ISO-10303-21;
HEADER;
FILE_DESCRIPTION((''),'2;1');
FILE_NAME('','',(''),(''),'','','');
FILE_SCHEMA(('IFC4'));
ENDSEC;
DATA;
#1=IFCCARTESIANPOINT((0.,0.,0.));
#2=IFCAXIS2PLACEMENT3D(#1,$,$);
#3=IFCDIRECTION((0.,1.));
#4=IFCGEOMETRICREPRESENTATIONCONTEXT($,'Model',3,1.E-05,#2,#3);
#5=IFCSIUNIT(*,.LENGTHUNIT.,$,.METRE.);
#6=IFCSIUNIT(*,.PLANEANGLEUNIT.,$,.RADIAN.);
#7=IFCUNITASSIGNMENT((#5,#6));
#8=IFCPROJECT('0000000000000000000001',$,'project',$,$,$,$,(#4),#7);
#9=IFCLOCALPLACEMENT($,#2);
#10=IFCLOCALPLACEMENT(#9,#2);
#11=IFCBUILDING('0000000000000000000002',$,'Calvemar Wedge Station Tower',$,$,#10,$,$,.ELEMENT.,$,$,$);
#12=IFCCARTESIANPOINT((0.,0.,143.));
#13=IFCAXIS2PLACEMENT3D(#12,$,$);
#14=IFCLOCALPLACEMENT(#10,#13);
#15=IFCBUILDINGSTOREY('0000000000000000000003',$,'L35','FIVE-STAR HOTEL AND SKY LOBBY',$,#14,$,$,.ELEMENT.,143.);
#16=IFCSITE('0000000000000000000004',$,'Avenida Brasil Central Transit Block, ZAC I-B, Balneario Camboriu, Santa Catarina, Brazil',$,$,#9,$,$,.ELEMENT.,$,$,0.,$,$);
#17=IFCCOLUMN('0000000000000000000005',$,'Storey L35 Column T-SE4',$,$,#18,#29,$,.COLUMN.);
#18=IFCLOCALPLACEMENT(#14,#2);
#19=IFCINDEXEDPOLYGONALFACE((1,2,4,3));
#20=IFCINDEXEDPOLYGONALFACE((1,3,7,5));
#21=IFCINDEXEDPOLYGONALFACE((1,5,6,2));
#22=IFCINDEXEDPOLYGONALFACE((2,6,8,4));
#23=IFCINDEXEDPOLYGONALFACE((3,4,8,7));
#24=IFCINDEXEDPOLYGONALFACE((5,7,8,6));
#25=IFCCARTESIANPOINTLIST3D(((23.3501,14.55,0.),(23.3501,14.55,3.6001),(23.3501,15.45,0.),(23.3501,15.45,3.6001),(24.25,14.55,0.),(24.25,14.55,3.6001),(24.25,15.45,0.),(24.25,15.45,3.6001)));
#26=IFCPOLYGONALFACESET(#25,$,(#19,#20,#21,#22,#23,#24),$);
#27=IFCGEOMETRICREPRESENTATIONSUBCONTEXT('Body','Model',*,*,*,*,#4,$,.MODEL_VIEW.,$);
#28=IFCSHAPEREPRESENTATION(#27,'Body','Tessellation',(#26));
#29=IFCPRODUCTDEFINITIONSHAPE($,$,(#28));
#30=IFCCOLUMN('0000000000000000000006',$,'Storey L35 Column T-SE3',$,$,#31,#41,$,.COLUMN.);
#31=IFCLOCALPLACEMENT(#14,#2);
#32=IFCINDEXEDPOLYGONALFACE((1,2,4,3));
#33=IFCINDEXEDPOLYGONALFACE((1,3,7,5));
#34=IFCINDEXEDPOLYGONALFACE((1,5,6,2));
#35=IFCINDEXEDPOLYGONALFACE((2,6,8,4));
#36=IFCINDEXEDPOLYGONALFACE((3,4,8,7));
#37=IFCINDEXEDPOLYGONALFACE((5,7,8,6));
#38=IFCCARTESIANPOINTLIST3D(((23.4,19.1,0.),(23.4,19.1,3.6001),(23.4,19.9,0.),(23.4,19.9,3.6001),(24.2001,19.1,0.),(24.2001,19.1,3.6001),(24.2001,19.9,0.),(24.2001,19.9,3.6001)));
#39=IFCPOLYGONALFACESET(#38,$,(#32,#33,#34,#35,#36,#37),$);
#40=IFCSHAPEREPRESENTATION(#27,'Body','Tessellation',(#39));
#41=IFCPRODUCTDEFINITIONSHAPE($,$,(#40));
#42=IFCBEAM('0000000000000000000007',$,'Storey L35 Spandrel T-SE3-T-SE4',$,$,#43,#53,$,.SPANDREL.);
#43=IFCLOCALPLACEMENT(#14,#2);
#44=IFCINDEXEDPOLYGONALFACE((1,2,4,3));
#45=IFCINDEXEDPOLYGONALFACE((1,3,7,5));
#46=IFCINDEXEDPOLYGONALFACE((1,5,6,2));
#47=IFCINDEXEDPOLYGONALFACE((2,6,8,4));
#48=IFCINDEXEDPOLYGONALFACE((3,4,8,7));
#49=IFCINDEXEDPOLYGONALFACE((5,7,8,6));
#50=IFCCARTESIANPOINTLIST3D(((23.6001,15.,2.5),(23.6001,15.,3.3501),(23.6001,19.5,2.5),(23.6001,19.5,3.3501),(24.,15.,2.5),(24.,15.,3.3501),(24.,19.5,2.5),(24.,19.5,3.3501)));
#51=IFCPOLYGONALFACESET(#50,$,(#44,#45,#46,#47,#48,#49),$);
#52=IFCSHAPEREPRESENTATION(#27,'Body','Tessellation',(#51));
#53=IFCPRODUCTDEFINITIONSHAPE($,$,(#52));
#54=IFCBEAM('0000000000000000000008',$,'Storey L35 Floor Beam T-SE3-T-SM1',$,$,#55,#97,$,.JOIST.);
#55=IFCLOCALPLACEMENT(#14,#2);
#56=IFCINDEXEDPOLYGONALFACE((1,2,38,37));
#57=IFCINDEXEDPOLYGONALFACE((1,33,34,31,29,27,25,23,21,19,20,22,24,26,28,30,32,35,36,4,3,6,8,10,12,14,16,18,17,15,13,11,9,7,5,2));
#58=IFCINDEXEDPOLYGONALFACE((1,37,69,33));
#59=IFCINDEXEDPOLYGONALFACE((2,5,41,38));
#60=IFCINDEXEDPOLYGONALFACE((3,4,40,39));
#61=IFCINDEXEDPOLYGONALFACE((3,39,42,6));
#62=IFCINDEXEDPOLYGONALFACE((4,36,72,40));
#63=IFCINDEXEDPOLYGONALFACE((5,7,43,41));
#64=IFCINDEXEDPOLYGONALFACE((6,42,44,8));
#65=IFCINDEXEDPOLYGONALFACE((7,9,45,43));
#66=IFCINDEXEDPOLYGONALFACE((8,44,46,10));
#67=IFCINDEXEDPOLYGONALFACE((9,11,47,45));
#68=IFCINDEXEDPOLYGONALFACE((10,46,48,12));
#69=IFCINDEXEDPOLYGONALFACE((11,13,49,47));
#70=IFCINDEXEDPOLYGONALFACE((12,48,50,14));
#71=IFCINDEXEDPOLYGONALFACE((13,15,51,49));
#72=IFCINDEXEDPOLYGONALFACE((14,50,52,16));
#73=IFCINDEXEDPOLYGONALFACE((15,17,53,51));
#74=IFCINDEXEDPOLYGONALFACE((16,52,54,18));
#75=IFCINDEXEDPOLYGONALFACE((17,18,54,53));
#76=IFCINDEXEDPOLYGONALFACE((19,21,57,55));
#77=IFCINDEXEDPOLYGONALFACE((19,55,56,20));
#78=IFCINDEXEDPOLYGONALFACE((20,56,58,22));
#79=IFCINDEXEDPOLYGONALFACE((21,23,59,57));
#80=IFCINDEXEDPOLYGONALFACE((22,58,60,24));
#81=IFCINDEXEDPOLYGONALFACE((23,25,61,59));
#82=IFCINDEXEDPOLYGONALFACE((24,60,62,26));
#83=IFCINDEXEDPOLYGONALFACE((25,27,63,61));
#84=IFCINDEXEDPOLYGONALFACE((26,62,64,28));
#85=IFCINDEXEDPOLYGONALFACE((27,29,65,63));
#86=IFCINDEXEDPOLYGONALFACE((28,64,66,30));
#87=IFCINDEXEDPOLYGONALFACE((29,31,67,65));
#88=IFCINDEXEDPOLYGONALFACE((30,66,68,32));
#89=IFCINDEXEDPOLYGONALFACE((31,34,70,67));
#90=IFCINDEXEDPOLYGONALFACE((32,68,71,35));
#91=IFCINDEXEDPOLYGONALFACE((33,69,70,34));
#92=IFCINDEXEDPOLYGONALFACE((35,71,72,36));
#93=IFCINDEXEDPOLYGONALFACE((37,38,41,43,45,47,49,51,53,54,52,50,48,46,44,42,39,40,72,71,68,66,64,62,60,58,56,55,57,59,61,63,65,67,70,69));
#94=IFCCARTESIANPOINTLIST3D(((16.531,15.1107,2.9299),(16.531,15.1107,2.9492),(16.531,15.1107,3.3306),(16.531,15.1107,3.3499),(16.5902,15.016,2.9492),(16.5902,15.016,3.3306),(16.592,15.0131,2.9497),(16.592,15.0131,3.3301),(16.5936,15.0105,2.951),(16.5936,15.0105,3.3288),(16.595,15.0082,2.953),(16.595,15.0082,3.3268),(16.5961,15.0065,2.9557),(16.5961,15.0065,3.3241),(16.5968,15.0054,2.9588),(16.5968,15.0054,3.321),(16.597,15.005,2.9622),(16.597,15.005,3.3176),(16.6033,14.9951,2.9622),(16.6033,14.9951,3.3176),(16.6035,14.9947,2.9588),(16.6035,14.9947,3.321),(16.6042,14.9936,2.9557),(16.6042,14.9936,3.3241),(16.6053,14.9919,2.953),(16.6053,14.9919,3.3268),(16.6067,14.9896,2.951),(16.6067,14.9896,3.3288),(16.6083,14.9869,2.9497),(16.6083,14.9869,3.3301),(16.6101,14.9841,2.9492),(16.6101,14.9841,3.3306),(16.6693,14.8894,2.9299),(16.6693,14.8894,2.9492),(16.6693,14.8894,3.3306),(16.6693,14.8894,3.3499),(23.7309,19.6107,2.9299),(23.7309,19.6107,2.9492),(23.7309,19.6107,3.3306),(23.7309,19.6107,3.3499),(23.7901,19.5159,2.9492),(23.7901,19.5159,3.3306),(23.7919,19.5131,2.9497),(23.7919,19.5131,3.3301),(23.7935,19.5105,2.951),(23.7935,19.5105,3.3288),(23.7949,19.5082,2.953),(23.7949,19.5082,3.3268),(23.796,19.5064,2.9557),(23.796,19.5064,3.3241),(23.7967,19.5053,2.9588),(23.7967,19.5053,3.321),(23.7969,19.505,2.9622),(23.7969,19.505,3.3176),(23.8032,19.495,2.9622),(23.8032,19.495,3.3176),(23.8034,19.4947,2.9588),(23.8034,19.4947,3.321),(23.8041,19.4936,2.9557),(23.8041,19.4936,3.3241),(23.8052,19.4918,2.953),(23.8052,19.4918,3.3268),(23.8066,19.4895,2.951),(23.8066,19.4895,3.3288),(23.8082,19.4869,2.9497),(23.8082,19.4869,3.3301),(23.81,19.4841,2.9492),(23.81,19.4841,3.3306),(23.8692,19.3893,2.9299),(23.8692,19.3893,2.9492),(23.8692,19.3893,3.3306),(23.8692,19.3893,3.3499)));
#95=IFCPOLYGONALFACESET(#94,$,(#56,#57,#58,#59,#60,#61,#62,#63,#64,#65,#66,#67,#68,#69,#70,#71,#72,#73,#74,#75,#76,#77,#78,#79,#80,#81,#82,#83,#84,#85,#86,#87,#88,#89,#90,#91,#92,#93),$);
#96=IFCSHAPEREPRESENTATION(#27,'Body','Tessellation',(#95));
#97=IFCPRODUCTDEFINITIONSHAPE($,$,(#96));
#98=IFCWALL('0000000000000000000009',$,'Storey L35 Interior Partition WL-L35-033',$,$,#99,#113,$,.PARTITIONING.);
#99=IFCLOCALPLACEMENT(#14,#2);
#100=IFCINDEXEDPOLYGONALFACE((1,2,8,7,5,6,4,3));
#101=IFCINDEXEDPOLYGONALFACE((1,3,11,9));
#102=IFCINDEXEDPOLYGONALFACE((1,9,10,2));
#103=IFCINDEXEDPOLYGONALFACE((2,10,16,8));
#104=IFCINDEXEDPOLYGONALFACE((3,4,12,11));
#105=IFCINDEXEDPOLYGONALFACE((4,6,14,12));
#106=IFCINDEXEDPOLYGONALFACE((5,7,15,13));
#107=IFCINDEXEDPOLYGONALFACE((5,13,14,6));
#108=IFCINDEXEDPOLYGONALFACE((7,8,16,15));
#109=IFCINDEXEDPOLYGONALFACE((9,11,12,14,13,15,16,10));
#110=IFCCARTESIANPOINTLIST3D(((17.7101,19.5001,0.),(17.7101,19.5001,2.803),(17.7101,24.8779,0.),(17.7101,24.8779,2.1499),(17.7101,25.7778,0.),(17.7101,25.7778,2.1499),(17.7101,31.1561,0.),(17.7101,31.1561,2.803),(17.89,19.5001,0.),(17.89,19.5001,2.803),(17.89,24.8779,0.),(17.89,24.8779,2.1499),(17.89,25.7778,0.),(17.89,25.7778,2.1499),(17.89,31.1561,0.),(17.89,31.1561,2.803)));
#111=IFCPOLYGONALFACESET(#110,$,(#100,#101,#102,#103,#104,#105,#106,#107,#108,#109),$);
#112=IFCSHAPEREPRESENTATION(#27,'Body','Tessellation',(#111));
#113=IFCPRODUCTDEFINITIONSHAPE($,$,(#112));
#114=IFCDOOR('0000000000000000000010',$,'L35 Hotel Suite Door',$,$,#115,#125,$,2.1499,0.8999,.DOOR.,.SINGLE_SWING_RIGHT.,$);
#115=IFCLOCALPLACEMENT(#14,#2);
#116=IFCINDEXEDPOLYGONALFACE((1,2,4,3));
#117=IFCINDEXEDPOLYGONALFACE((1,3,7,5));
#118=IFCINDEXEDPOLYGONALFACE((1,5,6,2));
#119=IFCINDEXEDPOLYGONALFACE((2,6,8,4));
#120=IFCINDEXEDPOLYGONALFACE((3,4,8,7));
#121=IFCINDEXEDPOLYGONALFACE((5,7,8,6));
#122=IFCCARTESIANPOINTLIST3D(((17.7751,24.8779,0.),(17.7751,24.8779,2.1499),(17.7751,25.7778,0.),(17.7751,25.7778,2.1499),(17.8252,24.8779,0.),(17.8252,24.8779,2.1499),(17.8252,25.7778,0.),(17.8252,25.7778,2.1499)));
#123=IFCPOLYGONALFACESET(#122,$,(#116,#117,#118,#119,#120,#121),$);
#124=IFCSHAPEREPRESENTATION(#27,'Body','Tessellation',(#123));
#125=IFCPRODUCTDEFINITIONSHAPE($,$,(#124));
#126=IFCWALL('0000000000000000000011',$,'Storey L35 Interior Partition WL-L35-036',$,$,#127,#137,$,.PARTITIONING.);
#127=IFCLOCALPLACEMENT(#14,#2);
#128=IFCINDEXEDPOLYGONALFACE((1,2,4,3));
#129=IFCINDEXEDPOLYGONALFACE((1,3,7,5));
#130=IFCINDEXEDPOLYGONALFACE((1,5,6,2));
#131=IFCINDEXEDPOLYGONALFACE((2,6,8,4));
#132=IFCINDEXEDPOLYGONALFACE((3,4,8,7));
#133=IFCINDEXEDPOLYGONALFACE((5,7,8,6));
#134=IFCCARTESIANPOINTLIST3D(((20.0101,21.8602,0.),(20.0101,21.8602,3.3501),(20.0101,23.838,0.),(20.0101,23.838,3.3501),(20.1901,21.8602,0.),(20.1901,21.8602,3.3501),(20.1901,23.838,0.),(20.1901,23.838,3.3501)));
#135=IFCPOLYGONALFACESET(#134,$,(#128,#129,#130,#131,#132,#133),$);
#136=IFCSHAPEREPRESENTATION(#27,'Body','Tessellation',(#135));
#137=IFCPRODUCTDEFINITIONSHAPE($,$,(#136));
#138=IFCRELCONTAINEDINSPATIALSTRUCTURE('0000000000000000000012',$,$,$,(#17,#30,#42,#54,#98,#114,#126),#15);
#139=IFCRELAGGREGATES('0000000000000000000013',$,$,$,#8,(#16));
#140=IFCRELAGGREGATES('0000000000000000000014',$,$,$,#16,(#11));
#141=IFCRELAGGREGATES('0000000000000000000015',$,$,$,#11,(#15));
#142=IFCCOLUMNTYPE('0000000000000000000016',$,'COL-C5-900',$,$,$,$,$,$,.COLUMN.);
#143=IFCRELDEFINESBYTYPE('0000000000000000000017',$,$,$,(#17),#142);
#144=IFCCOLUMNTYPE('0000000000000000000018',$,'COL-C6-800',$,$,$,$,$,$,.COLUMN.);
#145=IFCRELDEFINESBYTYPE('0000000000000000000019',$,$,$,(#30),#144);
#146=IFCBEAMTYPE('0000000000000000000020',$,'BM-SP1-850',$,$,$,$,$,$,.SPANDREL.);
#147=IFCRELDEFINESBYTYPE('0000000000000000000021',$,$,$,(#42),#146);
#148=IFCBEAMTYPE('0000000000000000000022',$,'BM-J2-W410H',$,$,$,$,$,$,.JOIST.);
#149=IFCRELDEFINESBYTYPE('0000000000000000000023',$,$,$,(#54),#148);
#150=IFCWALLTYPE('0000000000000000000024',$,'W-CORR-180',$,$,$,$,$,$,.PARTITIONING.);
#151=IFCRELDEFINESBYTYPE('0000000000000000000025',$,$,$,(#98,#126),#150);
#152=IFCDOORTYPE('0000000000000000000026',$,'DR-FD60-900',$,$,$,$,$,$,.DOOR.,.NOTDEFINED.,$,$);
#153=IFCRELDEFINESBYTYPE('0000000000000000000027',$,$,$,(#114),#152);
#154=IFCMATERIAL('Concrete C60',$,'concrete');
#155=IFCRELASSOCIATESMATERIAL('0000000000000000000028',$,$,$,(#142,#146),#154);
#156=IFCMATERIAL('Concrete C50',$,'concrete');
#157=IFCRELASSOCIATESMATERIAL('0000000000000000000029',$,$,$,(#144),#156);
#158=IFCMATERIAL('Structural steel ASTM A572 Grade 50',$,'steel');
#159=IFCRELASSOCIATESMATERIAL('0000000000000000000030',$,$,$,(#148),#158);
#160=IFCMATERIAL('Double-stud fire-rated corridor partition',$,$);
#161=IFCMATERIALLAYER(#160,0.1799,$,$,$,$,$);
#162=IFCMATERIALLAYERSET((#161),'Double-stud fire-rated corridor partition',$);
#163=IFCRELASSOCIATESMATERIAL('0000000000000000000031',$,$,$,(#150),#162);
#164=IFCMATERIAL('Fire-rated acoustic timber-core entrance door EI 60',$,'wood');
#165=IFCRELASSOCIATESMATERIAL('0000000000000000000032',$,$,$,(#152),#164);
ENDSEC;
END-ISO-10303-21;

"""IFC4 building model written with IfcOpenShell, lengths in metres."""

from ifc_helpers import new_model, si_unit, direction, frame, frame_2d, origin, origin_2d, place, context, subcontext, project, spatial, rectangle, i_section, extrude, source, transform, mapped, material, layer, layer_set, material_profile, profile_set, type_object, element, fill, save


model = new_model("IFC4")

# Units and contexts
model_context = context("Model", 3, precision=1e-05, world=origin(), true_north=direction((0.0, 1.0)))
body_context = subcontext(model_context, "Body", "Model", "MODEL_VIEW")
ifc_project = project(units=[si_unit("LENGTHUNIT", "METRE"), si_unit("PLANEANGLEUNIT", "RADIAN")], contexts=[model_context])

# Site, building, storey
site_placement = place(None, origin())
site = spatial("IfcSite", under=ifc_project, at=site_placement, Name="Avenida Brasil Central Transit Block, ZAC I-B, Balneario Camboriu, Santa Catarina, Brazil", CompositionType="ELEMENT", RefElevation=0.0)
building_placement = place(site_placement, origin())
building = spatial("IfcBuilding", under=site, at=building_placement, Name="Calvemar Wedge Station Tower", CompositionType="ELEMENT")
storey_placement = place(building_placement, frame((0.0, 0.0, 143.0)))
storey = spatial("IfcBuildingStorey", under=building, at=storey_placement, Name="L35", Description="FIVE-STAR HOTEL AND SKY LOBBY", CompositionType="ELEMENT", Elevation=143.0)

# Columns
ifc_material_1 = material(Name="Concrete C60", Category="concrete")
ifc_material_profile_1 = material_profile(ifc_material_1, rectangle(XDim=0.8999, YDim=0.8999, at=origin_2d()), Name="RC900x900")
ifc_profile_set_1 = profile_set([ifc_material_profile_1], Name="Concrete C60")
column_type_1 = type_object("IfcColumnType", Name="COL-C5-900", PredefinedType="COLUMN", material=ifc_profile_set_1)
shared_shape_1 = source(origin(), body_context, "Body", "SweptSolid", [
    extrude(rectangle(XDim=0.8999, YDim=0.8999, at=origin_2d()), origin(), (0.0, 0.0, 1.0), 3.6001),
])
column_1_placement = place(storey_placement, frame((23.8, 15.0, 0.0), z_axis=(0.0, 0.0, 1.0), x_axis=(1.0, 0.0, 0.0)))
element("IfcColumn", 1, at=column_1_placement, inside=storey, type_object=column_type_1, Name="Storey L35 Column T-SE4", PredefinedType="COLUMN", context=body_context, shape_type="MappedRepresentation", body=[
    mapped(shared_shape_1, transform((0.0, 0.0, 0.0), scale=1.0)),
])
ifc_material_2 = material(Name="Concrete C50", Category="concrete")
ifc_material_profile_2 = material_profile(ifc_material_2, rectangle(XDim=0.8, YDim=0.8, at=origin_2d()), Name="RC800x800")
ifc_profile_set_2 = profile_set([ifc_material_profile_2], Name="Concrete C50")
column_type_2 = type_object("IfcColumnType", Name="COL-C6-800", PredefinedType="COLUMN", material=ifc_profile_set_2)
shared_shape_2 = source(origin(), body_context, "Body", "SweptSolid", [
    extrude(rectangle(XDim=0.8, YDim=0.8, at=origin_2d()), origin(), (0.0, 0.0, 1.0), 3.6001),
])
column_2_placement = place(storey_placement, frame((23.8, 19.5, 0.0), z_axis=(0.0, 0.0, 1.0), x_axis=(1.0, 0.0, 0.0)))
element("IfcColumn", 2, at=column_2_placement, inside=storey, type_object=column_type_2, Name="Storey L35 Column T-SE3", PredefinedType="COLUMN", context=body_context, shape_type="MappedRepresentation", body=[
    mapped(shared_shape_2, transform((0.0, 0.0, 0.0), scale=1.0)),
])

# Beams
ifc_material_profile_3 = material_profile(ifc_material_1, rectangle(XDim=0.3999, YDim=0.8501, at=origin_2d()), Name="RC400x850")
ifc_profile_set_3 = profile_set([ifc_material_profile_3], Name="Concrete C60")
beam_type_1 = type_object("IfcBeamType", Name="BM-SP1-850", PredefinedType="SPANDREL", material=ifc_profile_set_3)
shared_shape_3 = source(origin(), body_context, "Body", "SweptSolid", [
    extrude(rectangle(XDim=0.3999, YDim=0.8501, at=origin_2d()), origin(), (0.0, 0.0, 1.0), 4.5),
])
beam_1_placement = place(storey_placement, frame((23.8, 19.5, 2.925), z_axis=(0.0, -1.0, 0.0), x_axis=(1.0, 0.0, 0.0)))
element("IfcBeam", 3, at=beam_1_placement, inside=storey, type_object=beam_type_1, Name="Storey L35 Spandrel T-SE3-T-SE4", PredefinedType="SPANDREL", context=body_context, shape_type="MappedRepresentation", body=[
    mapped(shared_shape_3, transform((0.0, 0.0, 0.0), scale=1.0)),
])
ifc_material_3 = material(Name="Structural steel ASTM A572 Grade 50", Category="steel")
ifc_material_profile_4 = material_profile(ifc_material_3, i_section(OverallWidth=0.261, OverallDepth=0.4199, WebThickness=0.0117, FlangeThickness=0.0193, FilletRadius=0.0129, at=origin_2d()), Name="W410x114")
ifc_profile_set_4 = profile_set([ifc_material_profile_4], Name="Structural steel ASTM A572 Grade 50")
beam_type_2 = type_object("IfcBeamType", Name="BM-J2-W410H", PredefinedType="JOIST", material=ifc_profile_set_4)
shared_shape_4 = source(origin(), body_context, "Body", "SweptSolid", [
    extrude(i_section(OverallWidth=0.261, OverallDepth=0.4199, WebThickness=0.0117, FlangeThickness=0.0193, FilletRadius=0.0129, at=origin_2d()), origin(), (0.0, 0.0, 1.0), 8.4905),
])
beam_2_placement = place(storey_placement, frame((23.8, 19.5, 3.1399), z_axis=(-0.847997, -0.530002, 0.0), x_axis=(0.530002, -0.847997, 0.0)))
element("IfcBeam", 4, at=beam_2_placement, inside=storey, type_object=beam_type_2, Name="Storey L35 Floor Beam T-SE3-T-SM1", PredefinedType="JOIST", context=body_context, shape_type="MappedRepresentation", body=[
    mapped(shared_shape_4, transform((0.0, 0.0, 0.0), scale=1.0)),
])

# Wall, opening, door
ifc_material_4 = material(Name="Double-stud fire-rated corridor partition")
ifc_layer_1 = layer(ifc_material_4, 0.1799)
ifc_layer_set_1 = layer_set([ifc_layer_1], Name="Double-stud fire-rated corridor partition")
wall_type_1 = type_object("IfcWallType", Name="W-CORR-180", PredefinedType="PARTITIONING", material=ifc_layer_set_1)
wall_1_placement = place(storey_placement, frame((17.8, 19.5, 0.0), z_axis=(0.0, 0.0, 1.0), x_axis=(0.0, 1.0, 0.0)))
wall_1 = element("IfcWall", 5, at=wall_1_placement, inside=storey, type_object=wall_type_1, Name="Storey L35 Interior Partition WL-L35-033", PredefinedType="PARTITIONING", context=body_context, shape_type="SweptSolid", body=[
    extrude(rectangle(XDim=11.656, YDim=0.1799, at=frame_2d((5.8281, 0.0))), origin(), (0.0, 0.0, 1.0), 2.803),
])
shared_shape_5 = source(origin(), body_context, "Body", "SweptSolid", [
    extrude(rectangle(XDim=0.8999, YDim=2.1499, at=frame_2d((0.45, 1.075))), frame((0.0, 0.1001, 0.0), z_axis=(0.0, -1.0, 0.0), x_axis=(1.0, 0.0, 0.0)), (0.0, 0.0, 1.0), 0.2),
])
opening_1_placement = place(wall_1_placement, frame((5.3779, 0.0, 0.0)))
opening_1 = element("IfcOpeningElement", 6, at=opening_1_placement, cuts=wall_1, PredefinedType="OPENING", context=body_context, shape_type="MappedRepresentation", body=[
    mapped(shared_shape_5, transform((0.0, 0.0, 0.0), scale=1.0)),
])
ifc_material_5 = material(Name="Fire-rated acoustic timber-core entrance door EI 60", Category="wood")
door_type_1 = type_object("IfcDoorType", Name="DR-FD60-900", OperationType="NOTDEFINED", PredefinedType="DOOR", material=ifc_material_5)
shared_shape_6 = source(origin(), body_context, "Body", "SweptSolid", [
    extrude(rectangle(XDim=0.8999, YDim=2.1499, at=frame_2d((0.45, 1.075))), frame((0.0, 0.0249, 0.0), z_axis=(0.0, -1.0, 0.0), x_axis=(1.0, 0.0, 0.0)), (0.0, 0.0, 1.0), 0.05),
])
door_1_placement = place(opening_1_placement, origin())
door_1 = element("IfcDoor", 7, at=door_1_placement, inside=storey, type_object=door_type_1, Name="L35 Hotel Suite Door", OperationType="SINGLE_SWING_RIGHT", OverallHeight=2.1499, OverallWidth=0.8999, PredefinedType="DOOR", context=body_context, shape_type="MappedRepresentation", body=[
    mapped(shared_shape_6, transform((0.0, 0.0, 0.0), scale=1.0)),
])
fill(opening_1, door_1)

# Wall
wall_2_placement = place(storey_placement, frame((20.1001, 23.8379, 0.0), z_axis=(0.0, 0.0, 1.0), x_axis=(0.0, -1.0, 0.0)))
element("IfcWall", 8, at=wall_2_placement, inside=storey, type_object=wall_type_1, Name="Storey L35 Interior Partition WL-L35-036", PredefinedType="PARTITIONING", context=body_context, shape_type="SweptSolid", body=[
    extrude(rectangle(XDim=1.9778, YDim=0.1799, at=frame_2d((0.9888, 0.0))), origin(), (0.0, 0.0, 1.0), 3.3501),
])

save(model, "model.ifc")
